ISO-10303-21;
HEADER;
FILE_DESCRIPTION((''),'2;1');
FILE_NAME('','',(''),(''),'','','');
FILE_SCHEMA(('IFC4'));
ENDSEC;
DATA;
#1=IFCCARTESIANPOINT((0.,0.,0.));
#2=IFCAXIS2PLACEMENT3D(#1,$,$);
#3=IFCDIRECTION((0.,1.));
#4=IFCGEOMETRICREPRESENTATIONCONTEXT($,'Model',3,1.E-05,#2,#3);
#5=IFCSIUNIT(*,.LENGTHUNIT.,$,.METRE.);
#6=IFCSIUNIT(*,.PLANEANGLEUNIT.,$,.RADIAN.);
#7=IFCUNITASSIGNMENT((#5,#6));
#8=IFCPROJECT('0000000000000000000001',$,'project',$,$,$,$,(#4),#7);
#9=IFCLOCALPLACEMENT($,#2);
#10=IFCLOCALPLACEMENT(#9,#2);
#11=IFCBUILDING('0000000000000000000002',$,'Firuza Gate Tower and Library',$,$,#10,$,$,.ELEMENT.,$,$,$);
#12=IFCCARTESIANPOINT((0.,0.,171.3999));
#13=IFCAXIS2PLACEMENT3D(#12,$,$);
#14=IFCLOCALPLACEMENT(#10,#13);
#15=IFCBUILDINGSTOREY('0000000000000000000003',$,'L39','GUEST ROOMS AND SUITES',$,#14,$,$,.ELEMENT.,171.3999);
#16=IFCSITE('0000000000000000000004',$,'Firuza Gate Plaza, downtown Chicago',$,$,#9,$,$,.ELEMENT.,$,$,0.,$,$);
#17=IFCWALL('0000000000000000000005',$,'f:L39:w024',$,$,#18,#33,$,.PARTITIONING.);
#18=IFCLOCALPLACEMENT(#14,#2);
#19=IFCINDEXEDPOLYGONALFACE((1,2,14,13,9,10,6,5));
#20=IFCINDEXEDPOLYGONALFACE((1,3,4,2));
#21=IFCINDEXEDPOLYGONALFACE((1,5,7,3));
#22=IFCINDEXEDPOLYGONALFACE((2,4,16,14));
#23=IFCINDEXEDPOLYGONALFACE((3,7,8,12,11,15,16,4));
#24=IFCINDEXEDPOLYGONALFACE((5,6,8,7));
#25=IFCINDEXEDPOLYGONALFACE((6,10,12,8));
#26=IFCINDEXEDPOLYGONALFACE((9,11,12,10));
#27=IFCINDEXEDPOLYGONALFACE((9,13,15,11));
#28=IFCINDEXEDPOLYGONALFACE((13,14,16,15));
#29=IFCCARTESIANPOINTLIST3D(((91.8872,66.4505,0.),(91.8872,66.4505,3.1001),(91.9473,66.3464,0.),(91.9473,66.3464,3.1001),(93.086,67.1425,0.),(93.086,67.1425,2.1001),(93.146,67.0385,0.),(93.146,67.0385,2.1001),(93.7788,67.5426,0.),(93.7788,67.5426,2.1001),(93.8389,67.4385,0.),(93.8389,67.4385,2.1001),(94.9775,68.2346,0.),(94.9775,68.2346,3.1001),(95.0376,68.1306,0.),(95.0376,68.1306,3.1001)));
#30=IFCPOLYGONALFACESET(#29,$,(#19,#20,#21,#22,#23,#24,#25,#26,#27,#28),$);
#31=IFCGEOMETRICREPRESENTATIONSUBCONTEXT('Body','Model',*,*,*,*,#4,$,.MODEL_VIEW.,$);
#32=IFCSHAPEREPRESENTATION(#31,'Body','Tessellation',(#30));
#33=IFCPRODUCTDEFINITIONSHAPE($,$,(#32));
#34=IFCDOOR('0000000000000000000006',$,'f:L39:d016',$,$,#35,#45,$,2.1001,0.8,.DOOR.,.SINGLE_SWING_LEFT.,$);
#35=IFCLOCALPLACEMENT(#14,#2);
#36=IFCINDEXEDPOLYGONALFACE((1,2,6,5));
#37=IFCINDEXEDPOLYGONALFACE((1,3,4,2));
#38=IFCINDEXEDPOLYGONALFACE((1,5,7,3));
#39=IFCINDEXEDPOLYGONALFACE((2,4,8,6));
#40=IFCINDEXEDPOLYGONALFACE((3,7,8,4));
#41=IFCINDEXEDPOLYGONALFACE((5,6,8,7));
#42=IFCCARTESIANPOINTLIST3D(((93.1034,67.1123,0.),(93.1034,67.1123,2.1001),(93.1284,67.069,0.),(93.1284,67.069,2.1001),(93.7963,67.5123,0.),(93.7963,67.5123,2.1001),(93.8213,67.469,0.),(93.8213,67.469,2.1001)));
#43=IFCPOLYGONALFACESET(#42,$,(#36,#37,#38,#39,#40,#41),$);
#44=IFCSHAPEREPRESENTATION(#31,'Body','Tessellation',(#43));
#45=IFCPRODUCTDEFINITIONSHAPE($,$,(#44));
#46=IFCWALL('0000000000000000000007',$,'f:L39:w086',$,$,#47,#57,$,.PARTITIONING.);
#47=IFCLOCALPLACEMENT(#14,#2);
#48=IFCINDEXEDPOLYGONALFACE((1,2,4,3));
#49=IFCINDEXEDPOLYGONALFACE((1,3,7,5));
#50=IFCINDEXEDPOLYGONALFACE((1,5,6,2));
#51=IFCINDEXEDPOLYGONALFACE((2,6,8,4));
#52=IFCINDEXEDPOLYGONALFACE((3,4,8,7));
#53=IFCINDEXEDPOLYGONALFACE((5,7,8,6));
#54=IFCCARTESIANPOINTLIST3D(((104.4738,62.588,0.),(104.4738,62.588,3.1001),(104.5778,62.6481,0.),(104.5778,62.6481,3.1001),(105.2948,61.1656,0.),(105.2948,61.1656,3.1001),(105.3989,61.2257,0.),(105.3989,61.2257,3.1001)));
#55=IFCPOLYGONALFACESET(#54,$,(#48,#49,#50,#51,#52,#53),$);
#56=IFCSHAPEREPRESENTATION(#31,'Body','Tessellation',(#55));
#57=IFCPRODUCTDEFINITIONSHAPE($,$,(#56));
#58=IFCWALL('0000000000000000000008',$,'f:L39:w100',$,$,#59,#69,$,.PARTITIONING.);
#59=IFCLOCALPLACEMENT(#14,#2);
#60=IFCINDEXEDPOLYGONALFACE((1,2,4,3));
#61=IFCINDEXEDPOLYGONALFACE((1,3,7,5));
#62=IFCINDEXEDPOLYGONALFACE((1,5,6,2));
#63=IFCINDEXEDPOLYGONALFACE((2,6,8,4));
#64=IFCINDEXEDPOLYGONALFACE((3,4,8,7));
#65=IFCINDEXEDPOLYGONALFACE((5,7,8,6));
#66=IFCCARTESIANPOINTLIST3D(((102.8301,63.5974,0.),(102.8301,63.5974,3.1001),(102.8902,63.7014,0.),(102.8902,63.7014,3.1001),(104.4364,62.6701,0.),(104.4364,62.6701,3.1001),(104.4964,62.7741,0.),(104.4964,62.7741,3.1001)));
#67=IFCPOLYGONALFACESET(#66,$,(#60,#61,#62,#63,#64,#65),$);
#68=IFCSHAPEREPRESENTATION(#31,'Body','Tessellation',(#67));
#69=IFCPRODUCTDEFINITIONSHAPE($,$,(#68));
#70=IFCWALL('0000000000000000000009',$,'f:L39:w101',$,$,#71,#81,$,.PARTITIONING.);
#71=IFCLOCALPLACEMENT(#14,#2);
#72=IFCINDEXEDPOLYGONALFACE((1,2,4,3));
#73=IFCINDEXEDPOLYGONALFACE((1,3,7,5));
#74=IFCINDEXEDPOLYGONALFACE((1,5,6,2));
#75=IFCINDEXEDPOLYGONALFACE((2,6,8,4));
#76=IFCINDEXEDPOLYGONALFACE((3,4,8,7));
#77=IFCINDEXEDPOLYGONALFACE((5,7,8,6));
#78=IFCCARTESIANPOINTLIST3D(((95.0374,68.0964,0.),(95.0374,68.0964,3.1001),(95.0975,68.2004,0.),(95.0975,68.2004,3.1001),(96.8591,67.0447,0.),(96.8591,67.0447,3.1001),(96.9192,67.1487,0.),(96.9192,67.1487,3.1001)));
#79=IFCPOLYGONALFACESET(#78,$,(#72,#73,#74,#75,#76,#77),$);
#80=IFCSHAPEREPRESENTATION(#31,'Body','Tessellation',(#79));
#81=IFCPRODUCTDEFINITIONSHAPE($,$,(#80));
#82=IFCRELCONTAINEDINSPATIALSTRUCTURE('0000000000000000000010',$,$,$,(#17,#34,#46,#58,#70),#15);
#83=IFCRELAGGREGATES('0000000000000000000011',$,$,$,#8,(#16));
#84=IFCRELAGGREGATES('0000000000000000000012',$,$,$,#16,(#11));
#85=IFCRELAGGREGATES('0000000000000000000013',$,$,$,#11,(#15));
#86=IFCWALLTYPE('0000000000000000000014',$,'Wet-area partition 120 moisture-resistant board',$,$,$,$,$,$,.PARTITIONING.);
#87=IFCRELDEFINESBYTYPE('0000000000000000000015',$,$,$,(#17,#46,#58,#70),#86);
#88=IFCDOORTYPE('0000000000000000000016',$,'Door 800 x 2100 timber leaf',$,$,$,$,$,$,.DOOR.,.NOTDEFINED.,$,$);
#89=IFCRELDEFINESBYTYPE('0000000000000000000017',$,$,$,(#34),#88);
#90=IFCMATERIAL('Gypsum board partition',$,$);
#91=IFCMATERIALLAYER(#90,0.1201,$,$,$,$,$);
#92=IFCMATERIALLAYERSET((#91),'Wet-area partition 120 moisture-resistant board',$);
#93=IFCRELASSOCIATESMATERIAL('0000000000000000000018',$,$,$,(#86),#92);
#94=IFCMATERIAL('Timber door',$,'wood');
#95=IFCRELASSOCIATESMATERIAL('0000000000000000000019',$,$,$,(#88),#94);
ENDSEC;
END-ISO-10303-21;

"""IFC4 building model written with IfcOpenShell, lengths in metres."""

from ifc_helpers import new_model, si_unit, direction, frame, frame_2d, origin, place, context, subcontext, project, spatial, rectangle, extrude, material, layer, layer_set, type_object, element, fill, save


model = new_model("IFC4")

# Units and contexts
model_context = context("Model", 3, precision=1e-05, world=origin(), true_north=direction((0.0, 1.0)))
body_context = subcontext(model_context, "Body", "Model", "MODEL_VIEW")
ifc_project = project(units=[si_unit("LENGTHUNIT", "METRE"), si_unit("PLANEANGLEUNIT", "RADIAN")], contexts=[model_context])

# Site, building, storey
site_placement = place(None, origin())
site = spatial("IfcSite", under=ifc_project, at=site_placement, Name="Firuza Gate Plaza, downtown Chicago", CompositionType="ELEMENT", RefElevation=0.0)
building_placement = place(site_placement, origin())
building = spatial("IfcBuilding", under=site, at=building_placement, Name="Firuza Gate Tower and Library", CompositionType="ELEMENT")
storey_placement = place(building_placement, frame((0.0, 0.0, 171.3999)))
storey = spatial("IfcBuildingStorey", under=building, at=storey_placement, Name="L39", Description="GUEST ROOMS AND SUITES", CompositionType="ELEMENT", Elevation=171.3999)

# Wall, opening, door
ifc_material_1 = material(Name="Gypsum board partition")
ifc_layer_1 = layer(ifc_material_1, 0.1201)
ifc_layer_set_1 = layer_set([ifc_layer_1], Name="Wet-area partition 120 moisture-resistant board")
wall_type_1 = type_object("IfcWallType", Name="Wet-area partition 120 moisture-resistant board", PredefinedType="PARTITIONING", material=ifc_layer_set_1)
ifc_material_2 = material(Name="Timber door", Category="wood")
door_type = type_object("IfcDoorType", Name="Door 800 x 2100 timber leaf", OperationType="NOTDEFINED", PredefinedType="DOOR", material=ifc_material_2)
wall_1_placement = place(storey_placement, frame((95.0076, 68.1826, 0.0), z_axis=(0.0, 0.0, 1.0), x_axis=(-0.866028, -0.499995, 0.0)))
wall_1 = element("IfcWall", 1, at=wall_1_placement, inside=storey, type_object=wall_type_1, Name="f:L39:w024", PredefinedType="PARTITIONING", context=body_context, shape_type="SweptSolid", body=[
    extrude(rectangle(XDim=3.5684, YDim=0.1201, at=frame_2d((1.7842, 0.0))), origin(), (0.0, 0.0, 1.0), 3.1001),
])
opening_1_placement = place(wall_1_placement, frame((1.3843, 0.0, 0.0)))
opening_1 = element("IfcOpeningElement", 2, at=opening_1_placement, cuts=wall_1, PredefinedType="OPENING", context=body_context, shape_type="SweptSolid", body=[
    extrude(rectangle(XDim=0.8, YDim=2.1001, at=frame_2d((0.3999, 1.05))), frame((0.0, 0.0701, 0.0), z_axis=(0.0, -1.0, 0.0), x_axis=(1.0, 0.0, 0.0)), (0.0, 0.0, 1.0), 0.1401),
])
door_1_placement = place(opening_1_placement, origin())
door_1 = element("IfcDoor", 3, at=door_1_placement, inside=storey, type_object=door_type, Name="f:L39:d016", OperationType="SINGLE_SWING_LEFT", OverallHeight=2.1001, OverallWidth=0.8, PredefinedType="DOOR", context=body_context, shape_type="SweptSolid", body=[
    extrude(rectangle(XDim=0.8, YDim=2.1001, at=frame_2d((0.3999, 1.05))), frame((0.0, 0.0249, 0.0), z_axis=(0.0, -1.0, 0.0), x_axis=(1.0, 0.0, 0.0)), (0.0, 0.0, 1.0), 0.05),
])
fill(opening_1, door_1)

# Walls
wall_2_placement = place(storey_placement, frame((105.3469, 61.1956, 0.0), z_axis=(0.0, 0.0, 1.0), x_axis=(-0.499928, 0.866067, 0.0)))
element("IfcWall", 4, at=wall_2_placement, inside=storey, type_object=wall_type_1, Name="f:L39:w086", PredefinedType="PARTITIONING", context=body_context, shape_type="SweptSolid", body=[
    extrude(rectangle(XDim=1.6423, YDim=0.1201, at=frame_2d((0.8213, 0.0))), origin(), (0.0, 0.0, 1.0), 3.1001),
])
wall_3_placement = place(storey_placement, frame((104.4663, 62.7222, 0.0), z_axis=(0.0, 0.0, 1.0), x_axis=(-0.866047, 0.499962, 0.0)))
element("IfcWall", 5, at=wall_3_placement, inside=storey, type_object=wall_type_1, Name="f:L39:w100", PredefinedType="PARTITIONING", context=body_context, shape_type="SweptSolid", body=[
    extrude(rectangle(XDim=1.8547, YDim=0.1201, at=frame_2d((0.9272, 0.0))), origin(), (0.0, 0.0, 1.0), 3.1001),
])
wall_4_placement = place(storey_placement, frame((96.8892, 67.0967, 0.0), z_axis=(0.0, 0.0, 1.0), x_axis=(-0.866035, 0.499984, 0.0)))
element("IfcWall", 6, at=wall_4_placement, inside=storey, type_object=wall_type_1, Name="f:L39:w101", PredefinedType="PARTITIONING", context=body_context, shape_type="SweptSolid", body=[
    extrude(rectangle(XDim=2.1035, YDim=0.1201, at=frame_2d((1.0518, 0.0))), origin(), (0.0, 0.0, 1.0), 3.1001),
])

save(model, "model.ifc")
